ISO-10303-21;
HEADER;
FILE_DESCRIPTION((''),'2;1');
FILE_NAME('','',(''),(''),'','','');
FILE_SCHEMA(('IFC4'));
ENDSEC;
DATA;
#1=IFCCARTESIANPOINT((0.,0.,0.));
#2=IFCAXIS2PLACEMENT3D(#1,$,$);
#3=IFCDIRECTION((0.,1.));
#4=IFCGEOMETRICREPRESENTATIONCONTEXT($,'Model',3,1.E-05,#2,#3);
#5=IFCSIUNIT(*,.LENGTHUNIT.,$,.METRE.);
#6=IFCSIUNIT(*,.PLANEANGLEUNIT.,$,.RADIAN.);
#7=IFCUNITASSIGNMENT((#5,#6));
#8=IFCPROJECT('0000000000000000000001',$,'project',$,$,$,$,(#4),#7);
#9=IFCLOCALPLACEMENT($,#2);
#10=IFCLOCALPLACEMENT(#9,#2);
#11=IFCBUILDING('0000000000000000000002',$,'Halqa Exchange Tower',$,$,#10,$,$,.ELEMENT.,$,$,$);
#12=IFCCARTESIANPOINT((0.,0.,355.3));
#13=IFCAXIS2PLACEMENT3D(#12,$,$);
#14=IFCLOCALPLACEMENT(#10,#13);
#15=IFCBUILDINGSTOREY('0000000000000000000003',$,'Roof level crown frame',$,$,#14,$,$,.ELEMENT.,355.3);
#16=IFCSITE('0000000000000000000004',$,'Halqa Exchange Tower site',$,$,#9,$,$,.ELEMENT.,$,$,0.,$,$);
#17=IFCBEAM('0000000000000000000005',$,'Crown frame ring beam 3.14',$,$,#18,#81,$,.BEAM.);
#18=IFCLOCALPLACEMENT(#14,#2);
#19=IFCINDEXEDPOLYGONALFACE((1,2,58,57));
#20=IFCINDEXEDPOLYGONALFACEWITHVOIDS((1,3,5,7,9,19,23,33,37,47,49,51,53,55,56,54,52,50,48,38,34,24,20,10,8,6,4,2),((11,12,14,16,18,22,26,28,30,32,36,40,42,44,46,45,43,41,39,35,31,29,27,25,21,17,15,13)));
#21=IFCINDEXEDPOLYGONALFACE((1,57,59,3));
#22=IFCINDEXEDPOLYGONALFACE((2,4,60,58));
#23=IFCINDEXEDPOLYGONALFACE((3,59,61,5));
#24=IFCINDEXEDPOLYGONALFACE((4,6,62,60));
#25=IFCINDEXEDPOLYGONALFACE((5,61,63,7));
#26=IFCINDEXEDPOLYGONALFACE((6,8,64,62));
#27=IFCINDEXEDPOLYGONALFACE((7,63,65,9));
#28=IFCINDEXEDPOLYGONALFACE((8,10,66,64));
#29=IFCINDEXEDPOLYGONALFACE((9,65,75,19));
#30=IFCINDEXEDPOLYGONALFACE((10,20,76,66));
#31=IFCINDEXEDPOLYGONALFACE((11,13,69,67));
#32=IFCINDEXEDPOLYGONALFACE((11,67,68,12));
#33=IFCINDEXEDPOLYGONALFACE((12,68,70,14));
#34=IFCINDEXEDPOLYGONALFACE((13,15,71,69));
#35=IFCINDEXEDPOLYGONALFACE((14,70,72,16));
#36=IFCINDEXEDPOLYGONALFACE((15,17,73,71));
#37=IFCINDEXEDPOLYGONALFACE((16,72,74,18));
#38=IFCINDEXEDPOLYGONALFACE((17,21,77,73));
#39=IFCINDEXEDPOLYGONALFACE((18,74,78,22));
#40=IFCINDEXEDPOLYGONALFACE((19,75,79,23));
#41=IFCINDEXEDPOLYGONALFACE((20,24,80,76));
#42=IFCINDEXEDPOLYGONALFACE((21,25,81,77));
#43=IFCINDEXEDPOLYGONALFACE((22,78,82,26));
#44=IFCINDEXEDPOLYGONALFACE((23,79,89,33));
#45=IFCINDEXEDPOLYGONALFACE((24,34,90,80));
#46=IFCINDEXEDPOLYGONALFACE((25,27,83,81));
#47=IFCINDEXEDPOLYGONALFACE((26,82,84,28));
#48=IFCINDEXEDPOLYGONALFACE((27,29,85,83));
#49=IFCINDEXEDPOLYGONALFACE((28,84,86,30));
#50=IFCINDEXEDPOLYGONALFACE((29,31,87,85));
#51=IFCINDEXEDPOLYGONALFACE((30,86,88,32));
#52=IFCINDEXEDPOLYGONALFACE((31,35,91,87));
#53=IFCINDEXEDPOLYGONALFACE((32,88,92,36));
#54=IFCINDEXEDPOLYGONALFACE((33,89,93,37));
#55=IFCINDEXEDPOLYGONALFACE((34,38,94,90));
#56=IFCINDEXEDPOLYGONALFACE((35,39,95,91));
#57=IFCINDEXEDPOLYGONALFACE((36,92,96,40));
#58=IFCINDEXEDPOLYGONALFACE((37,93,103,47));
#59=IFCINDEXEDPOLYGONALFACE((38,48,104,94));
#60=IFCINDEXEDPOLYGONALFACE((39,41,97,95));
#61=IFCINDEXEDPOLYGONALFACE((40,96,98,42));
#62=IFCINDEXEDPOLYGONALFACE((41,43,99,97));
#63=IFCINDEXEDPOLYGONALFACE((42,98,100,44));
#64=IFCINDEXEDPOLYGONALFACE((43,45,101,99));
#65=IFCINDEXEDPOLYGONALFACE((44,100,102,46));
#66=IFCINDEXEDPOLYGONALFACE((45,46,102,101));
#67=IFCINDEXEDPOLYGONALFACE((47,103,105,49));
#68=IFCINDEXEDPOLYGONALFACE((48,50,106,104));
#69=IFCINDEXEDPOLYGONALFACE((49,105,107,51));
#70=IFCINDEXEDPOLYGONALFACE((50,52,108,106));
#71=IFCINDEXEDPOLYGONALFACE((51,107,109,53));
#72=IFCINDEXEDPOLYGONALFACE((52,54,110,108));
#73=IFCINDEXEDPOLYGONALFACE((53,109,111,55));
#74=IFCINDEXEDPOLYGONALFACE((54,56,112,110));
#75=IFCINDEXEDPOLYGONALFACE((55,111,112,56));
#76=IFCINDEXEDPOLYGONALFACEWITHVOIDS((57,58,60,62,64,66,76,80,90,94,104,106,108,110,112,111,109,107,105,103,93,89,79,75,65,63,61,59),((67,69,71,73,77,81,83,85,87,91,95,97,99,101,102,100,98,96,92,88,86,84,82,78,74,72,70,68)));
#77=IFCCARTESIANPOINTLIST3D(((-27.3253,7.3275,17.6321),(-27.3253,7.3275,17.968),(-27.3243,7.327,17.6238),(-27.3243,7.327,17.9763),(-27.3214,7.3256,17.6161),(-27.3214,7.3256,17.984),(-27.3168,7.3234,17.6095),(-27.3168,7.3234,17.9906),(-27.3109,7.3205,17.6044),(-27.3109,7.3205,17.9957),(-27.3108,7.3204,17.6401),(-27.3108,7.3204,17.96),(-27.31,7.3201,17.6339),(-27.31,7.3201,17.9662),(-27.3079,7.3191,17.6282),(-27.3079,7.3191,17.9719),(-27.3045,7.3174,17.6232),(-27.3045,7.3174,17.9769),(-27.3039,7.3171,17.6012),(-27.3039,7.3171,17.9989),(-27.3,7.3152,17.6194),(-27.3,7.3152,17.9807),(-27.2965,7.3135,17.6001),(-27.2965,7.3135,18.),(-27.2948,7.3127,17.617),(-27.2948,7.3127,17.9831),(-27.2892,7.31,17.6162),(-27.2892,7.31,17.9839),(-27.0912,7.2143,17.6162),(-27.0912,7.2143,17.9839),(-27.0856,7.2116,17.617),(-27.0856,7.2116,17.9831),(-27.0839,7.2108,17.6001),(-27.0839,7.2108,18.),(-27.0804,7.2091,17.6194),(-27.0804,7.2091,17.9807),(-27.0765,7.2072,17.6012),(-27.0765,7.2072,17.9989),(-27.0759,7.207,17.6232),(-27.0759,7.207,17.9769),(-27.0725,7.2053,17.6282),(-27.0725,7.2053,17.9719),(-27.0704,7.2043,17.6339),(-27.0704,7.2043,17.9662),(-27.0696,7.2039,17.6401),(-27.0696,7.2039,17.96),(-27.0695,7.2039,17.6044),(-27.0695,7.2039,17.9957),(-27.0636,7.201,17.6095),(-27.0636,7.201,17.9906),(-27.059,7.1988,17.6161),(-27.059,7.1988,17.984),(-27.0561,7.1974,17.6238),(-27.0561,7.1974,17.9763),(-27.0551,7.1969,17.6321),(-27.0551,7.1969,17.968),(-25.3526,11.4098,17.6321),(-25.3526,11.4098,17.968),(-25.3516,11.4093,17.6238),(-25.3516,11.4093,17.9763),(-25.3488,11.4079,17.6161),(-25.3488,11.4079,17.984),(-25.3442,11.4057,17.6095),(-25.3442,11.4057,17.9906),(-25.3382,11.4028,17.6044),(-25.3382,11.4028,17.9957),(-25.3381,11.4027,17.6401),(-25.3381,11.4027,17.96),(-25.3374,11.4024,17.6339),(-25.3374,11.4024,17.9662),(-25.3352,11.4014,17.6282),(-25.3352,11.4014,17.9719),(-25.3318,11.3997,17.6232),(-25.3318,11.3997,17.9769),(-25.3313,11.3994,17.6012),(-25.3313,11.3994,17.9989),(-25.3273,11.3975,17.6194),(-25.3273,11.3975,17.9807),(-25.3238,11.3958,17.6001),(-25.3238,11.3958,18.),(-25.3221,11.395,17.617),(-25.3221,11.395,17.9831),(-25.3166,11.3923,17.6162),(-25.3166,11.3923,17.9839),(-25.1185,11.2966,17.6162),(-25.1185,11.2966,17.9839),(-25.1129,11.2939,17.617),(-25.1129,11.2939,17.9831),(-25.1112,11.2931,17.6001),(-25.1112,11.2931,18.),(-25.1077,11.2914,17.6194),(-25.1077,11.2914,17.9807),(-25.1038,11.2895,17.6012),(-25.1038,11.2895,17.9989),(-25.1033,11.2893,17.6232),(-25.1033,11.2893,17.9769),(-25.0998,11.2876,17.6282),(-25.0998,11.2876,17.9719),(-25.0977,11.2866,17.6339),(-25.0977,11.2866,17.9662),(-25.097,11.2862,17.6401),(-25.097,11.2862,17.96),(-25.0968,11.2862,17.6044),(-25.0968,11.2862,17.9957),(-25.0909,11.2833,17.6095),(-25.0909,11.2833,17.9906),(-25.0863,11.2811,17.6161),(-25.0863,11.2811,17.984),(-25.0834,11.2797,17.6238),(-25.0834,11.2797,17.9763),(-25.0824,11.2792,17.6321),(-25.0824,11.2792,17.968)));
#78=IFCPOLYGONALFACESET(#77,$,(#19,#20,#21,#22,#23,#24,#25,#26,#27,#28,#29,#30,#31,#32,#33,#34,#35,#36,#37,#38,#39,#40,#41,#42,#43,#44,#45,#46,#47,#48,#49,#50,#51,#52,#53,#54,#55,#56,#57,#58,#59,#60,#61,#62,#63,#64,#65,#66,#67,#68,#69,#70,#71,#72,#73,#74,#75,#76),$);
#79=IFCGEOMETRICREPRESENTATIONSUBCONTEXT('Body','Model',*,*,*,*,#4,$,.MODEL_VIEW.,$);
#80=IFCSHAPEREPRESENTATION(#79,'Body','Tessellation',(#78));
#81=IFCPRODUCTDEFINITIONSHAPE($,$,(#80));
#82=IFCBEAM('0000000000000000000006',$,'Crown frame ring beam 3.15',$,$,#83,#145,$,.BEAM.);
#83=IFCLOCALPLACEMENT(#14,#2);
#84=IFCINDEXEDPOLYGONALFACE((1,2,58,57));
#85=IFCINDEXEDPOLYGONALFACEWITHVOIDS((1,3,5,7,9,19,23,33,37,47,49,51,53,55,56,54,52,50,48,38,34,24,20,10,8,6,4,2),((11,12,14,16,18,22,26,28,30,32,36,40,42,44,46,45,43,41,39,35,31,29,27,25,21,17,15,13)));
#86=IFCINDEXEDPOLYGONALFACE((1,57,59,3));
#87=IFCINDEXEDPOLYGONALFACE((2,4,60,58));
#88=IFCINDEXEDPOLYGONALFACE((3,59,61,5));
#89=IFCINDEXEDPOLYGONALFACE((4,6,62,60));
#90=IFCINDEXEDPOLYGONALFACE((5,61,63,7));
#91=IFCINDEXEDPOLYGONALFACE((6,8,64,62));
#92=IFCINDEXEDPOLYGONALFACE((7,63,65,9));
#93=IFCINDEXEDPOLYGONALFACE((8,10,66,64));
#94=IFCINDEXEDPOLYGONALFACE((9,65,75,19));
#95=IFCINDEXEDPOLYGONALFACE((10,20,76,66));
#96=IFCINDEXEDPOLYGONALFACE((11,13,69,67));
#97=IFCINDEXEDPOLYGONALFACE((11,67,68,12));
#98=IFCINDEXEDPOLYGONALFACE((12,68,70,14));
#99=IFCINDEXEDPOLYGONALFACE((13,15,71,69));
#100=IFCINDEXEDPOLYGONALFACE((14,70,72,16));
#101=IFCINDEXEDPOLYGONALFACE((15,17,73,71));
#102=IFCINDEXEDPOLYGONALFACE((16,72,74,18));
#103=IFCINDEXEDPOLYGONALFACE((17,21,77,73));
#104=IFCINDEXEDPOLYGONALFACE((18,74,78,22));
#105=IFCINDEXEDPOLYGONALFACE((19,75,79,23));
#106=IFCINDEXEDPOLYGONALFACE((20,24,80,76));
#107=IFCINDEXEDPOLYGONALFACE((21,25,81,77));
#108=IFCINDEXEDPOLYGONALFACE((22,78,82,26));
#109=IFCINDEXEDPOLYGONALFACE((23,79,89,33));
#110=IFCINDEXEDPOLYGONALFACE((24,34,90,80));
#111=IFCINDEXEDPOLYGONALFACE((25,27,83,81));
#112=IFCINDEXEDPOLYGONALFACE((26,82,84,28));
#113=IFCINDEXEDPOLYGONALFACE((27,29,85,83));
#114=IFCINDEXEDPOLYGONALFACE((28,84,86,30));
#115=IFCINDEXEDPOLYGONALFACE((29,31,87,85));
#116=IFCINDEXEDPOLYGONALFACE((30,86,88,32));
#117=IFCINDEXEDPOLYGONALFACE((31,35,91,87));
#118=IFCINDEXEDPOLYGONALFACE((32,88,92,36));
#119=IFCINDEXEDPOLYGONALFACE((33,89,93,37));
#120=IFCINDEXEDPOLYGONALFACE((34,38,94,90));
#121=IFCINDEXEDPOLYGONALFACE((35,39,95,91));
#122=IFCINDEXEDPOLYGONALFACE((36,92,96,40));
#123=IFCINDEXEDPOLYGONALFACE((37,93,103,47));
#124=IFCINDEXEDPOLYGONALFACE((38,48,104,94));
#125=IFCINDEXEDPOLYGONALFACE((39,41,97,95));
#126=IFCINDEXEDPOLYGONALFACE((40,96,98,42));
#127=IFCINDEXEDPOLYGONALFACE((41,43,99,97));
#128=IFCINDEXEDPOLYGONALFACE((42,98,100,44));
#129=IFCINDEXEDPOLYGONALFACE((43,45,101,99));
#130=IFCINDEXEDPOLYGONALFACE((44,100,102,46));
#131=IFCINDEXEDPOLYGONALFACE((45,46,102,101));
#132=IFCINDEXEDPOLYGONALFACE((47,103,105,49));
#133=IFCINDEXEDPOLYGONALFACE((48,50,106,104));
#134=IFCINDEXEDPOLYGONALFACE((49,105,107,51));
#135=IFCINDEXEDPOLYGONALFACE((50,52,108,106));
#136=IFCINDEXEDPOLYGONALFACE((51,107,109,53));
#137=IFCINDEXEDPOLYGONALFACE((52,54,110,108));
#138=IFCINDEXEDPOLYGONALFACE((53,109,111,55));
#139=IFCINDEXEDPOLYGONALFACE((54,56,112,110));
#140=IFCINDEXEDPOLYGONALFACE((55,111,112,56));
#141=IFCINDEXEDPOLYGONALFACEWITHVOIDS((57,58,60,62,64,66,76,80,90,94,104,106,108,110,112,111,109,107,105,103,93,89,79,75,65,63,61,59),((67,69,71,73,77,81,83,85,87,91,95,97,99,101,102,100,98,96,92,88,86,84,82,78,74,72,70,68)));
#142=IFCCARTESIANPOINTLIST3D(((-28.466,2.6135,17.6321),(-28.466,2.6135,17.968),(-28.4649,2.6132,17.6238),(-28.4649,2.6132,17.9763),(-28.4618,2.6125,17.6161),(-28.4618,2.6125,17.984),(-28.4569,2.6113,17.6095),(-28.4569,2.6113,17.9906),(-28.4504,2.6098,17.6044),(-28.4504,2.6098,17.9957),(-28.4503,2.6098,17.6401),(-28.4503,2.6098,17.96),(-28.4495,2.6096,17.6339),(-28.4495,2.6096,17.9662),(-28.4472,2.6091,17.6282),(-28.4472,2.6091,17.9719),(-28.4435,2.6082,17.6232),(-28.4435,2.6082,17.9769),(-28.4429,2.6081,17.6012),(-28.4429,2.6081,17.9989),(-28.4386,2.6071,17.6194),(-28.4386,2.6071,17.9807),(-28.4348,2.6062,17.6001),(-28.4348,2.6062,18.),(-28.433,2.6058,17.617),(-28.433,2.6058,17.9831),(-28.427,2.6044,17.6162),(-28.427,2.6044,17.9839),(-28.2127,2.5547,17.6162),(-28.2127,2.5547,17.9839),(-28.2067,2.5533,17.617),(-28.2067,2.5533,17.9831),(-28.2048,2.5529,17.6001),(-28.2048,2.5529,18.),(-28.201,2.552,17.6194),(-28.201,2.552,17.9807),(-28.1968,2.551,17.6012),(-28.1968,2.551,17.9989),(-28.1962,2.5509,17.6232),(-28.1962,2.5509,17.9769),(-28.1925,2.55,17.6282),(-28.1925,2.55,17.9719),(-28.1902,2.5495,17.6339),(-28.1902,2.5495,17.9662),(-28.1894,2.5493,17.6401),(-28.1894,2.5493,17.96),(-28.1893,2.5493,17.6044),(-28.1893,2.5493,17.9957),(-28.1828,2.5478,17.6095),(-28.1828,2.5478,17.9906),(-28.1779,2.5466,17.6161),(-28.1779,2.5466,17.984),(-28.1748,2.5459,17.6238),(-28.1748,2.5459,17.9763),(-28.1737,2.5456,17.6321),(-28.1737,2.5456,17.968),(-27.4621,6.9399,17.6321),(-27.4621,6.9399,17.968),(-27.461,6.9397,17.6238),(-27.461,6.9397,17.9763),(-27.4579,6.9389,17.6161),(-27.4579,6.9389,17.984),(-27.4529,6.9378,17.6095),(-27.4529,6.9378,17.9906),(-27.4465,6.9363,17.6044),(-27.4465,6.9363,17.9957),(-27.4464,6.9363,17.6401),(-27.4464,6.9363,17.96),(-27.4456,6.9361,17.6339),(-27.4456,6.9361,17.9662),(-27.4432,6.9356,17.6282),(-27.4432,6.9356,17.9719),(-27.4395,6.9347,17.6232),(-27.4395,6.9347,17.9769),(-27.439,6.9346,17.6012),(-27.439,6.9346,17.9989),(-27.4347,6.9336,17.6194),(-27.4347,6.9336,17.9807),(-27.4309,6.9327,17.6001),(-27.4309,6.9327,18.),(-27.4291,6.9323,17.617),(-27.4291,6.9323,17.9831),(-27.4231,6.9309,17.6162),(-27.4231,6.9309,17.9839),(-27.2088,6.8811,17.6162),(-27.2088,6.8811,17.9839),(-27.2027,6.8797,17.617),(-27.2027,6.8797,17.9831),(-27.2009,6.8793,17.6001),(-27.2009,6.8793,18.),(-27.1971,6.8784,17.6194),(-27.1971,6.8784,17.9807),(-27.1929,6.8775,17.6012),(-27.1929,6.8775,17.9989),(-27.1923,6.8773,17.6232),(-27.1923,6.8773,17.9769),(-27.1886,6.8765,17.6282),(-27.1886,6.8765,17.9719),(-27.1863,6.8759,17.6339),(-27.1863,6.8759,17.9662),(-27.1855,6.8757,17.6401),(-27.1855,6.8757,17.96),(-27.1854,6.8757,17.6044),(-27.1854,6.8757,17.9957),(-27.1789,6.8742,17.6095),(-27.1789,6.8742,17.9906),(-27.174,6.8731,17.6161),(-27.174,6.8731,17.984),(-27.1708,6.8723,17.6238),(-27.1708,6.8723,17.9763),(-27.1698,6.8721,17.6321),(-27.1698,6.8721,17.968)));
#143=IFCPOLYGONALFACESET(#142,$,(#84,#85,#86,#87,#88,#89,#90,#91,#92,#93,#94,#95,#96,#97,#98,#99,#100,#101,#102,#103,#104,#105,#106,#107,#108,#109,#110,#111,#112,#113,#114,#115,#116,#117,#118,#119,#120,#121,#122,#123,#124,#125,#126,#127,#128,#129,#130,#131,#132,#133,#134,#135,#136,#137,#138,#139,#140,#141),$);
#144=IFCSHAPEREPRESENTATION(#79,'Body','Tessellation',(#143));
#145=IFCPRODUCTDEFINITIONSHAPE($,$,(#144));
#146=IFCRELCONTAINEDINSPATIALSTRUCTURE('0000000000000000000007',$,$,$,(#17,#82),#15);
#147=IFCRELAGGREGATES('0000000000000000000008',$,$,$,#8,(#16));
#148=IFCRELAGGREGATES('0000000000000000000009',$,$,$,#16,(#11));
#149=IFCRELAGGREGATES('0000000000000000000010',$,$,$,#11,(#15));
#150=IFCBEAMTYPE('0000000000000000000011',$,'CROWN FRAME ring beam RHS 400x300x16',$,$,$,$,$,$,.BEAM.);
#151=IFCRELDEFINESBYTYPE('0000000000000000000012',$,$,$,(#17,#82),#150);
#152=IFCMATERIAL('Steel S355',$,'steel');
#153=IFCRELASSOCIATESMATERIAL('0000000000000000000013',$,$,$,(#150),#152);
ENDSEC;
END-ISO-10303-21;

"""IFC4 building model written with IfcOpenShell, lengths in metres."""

from ifc_helpers import new_model, si_unit, direction, frame, origin, origin_2d, place, context, subcontext, project, spatial, hollow_rectangle, extrude, material, material_profile, profile_set, type_object, element, save


model = new_model("IFC4")

# Units and contexts
model_context = context("Model", 3, precision=1e-05, world=origin(), true_north=direction((0.0, 1.0)))
body_context = subcontext(model_context, "Body", "Model", "MODEL_VIEW")
ifc_project = project(units=[si_unit("LENGTHUNIT", "METRE"), si_unit("PLANEANGLEUNIT", "RADIAN")], contexts=[model_context])

# Site, building, storey
site_placement = place(None, origin())
site = spatial("IfcSite", under=ifc_project, at=site_placement, Name="Halqa Exchange Tower site", CompositionType="ELEMENT", RefElevation=0.0)
building_placement = place(site_placement, origin())
building = spatial("IfcBuilding", under=site, at=building_placement, Name="Halqa Exchange Tower", CompositionType="ELEMENT")
storey_placement = place(building_placement, frame((0.0, 0.0, 355.3)))
storey = spatial("IfcBuildingStorey", under=building, at=storey_placement, Name="Roof level crown frame", CompositionType="ELEMENT", Elevation=355.3)

# Shared definitions
ifc_material_1 = material(Name="Steel S355", Category="steel")

# Beams
ifc_material_profile_1 = material_profile(ifc_material_1, hollow_rectangle(XDim=0.3, YDim=0.3999, WallThickness=0.0161, InnerFilletRadius=0.0239, OuterFilletRadius=0.032, at=origin_2d()), Name="RHS 400x300x16")
ifc_profile_set_1 = profile_set([ifc_material_profile_1], Name="Steel S355")
beam_type_1 = type_object("IfcBeamType", Name="CROWN FRAME ring beam RHS 400x300x16", PredefinedType="BEAM", material=ifc_profile_set_1)
beam_1_placement = place(storey_placement, frame((-25.2175, 11.3445, 17.8), z_axis=(-0.435089, -0.900387, 0.0), x_axis=(0.900387, -0.435089, 0.0)))
element("IfcBeam", 1, at=beam_1_placement, inside=storey, type_object=beam_type_1, Name="Crown frame ring beam 3.14", PredefinedType="BEAM", context=body_context, shape_type="SweptSolid", body=[
    extrude(hollow_rectangle(XDim=0.3, YDim=0.3999, WallThickness=0.0161, InnerFilletRadius=0.0239, OuterFilletRadius=0.032, at=origin_2d()), origin(), (0.0, 0.0, 1.0), 4.5339),
])
beam_2_placement = place(storey_placement, frame((-27.3159, 6.906, 17.8), z_axis=(-0.226036, -0.974119, 0.0), x_axis=(0.974119, -0.226036, 0.0)))
element("IfcBeam", 2, at=beam_2_placement, inside=storey, type_object=beam_type_1, Name="Crown frame ring beam 3.15", PredefinedType="BEAM", context=body_context, shape_type="SweptSolid", body=[
    extrude(hollow_rectangle(XDim=0.3, YDim=0.3999, WallThickness=0.0161, InnerFilletRadius=0.0239, OuterFilletRadius=0.032, at=origin_2d()), origin(), (0.0, 0.0, 1.0), 4.4414),
])

save(model, "model.ifc")
